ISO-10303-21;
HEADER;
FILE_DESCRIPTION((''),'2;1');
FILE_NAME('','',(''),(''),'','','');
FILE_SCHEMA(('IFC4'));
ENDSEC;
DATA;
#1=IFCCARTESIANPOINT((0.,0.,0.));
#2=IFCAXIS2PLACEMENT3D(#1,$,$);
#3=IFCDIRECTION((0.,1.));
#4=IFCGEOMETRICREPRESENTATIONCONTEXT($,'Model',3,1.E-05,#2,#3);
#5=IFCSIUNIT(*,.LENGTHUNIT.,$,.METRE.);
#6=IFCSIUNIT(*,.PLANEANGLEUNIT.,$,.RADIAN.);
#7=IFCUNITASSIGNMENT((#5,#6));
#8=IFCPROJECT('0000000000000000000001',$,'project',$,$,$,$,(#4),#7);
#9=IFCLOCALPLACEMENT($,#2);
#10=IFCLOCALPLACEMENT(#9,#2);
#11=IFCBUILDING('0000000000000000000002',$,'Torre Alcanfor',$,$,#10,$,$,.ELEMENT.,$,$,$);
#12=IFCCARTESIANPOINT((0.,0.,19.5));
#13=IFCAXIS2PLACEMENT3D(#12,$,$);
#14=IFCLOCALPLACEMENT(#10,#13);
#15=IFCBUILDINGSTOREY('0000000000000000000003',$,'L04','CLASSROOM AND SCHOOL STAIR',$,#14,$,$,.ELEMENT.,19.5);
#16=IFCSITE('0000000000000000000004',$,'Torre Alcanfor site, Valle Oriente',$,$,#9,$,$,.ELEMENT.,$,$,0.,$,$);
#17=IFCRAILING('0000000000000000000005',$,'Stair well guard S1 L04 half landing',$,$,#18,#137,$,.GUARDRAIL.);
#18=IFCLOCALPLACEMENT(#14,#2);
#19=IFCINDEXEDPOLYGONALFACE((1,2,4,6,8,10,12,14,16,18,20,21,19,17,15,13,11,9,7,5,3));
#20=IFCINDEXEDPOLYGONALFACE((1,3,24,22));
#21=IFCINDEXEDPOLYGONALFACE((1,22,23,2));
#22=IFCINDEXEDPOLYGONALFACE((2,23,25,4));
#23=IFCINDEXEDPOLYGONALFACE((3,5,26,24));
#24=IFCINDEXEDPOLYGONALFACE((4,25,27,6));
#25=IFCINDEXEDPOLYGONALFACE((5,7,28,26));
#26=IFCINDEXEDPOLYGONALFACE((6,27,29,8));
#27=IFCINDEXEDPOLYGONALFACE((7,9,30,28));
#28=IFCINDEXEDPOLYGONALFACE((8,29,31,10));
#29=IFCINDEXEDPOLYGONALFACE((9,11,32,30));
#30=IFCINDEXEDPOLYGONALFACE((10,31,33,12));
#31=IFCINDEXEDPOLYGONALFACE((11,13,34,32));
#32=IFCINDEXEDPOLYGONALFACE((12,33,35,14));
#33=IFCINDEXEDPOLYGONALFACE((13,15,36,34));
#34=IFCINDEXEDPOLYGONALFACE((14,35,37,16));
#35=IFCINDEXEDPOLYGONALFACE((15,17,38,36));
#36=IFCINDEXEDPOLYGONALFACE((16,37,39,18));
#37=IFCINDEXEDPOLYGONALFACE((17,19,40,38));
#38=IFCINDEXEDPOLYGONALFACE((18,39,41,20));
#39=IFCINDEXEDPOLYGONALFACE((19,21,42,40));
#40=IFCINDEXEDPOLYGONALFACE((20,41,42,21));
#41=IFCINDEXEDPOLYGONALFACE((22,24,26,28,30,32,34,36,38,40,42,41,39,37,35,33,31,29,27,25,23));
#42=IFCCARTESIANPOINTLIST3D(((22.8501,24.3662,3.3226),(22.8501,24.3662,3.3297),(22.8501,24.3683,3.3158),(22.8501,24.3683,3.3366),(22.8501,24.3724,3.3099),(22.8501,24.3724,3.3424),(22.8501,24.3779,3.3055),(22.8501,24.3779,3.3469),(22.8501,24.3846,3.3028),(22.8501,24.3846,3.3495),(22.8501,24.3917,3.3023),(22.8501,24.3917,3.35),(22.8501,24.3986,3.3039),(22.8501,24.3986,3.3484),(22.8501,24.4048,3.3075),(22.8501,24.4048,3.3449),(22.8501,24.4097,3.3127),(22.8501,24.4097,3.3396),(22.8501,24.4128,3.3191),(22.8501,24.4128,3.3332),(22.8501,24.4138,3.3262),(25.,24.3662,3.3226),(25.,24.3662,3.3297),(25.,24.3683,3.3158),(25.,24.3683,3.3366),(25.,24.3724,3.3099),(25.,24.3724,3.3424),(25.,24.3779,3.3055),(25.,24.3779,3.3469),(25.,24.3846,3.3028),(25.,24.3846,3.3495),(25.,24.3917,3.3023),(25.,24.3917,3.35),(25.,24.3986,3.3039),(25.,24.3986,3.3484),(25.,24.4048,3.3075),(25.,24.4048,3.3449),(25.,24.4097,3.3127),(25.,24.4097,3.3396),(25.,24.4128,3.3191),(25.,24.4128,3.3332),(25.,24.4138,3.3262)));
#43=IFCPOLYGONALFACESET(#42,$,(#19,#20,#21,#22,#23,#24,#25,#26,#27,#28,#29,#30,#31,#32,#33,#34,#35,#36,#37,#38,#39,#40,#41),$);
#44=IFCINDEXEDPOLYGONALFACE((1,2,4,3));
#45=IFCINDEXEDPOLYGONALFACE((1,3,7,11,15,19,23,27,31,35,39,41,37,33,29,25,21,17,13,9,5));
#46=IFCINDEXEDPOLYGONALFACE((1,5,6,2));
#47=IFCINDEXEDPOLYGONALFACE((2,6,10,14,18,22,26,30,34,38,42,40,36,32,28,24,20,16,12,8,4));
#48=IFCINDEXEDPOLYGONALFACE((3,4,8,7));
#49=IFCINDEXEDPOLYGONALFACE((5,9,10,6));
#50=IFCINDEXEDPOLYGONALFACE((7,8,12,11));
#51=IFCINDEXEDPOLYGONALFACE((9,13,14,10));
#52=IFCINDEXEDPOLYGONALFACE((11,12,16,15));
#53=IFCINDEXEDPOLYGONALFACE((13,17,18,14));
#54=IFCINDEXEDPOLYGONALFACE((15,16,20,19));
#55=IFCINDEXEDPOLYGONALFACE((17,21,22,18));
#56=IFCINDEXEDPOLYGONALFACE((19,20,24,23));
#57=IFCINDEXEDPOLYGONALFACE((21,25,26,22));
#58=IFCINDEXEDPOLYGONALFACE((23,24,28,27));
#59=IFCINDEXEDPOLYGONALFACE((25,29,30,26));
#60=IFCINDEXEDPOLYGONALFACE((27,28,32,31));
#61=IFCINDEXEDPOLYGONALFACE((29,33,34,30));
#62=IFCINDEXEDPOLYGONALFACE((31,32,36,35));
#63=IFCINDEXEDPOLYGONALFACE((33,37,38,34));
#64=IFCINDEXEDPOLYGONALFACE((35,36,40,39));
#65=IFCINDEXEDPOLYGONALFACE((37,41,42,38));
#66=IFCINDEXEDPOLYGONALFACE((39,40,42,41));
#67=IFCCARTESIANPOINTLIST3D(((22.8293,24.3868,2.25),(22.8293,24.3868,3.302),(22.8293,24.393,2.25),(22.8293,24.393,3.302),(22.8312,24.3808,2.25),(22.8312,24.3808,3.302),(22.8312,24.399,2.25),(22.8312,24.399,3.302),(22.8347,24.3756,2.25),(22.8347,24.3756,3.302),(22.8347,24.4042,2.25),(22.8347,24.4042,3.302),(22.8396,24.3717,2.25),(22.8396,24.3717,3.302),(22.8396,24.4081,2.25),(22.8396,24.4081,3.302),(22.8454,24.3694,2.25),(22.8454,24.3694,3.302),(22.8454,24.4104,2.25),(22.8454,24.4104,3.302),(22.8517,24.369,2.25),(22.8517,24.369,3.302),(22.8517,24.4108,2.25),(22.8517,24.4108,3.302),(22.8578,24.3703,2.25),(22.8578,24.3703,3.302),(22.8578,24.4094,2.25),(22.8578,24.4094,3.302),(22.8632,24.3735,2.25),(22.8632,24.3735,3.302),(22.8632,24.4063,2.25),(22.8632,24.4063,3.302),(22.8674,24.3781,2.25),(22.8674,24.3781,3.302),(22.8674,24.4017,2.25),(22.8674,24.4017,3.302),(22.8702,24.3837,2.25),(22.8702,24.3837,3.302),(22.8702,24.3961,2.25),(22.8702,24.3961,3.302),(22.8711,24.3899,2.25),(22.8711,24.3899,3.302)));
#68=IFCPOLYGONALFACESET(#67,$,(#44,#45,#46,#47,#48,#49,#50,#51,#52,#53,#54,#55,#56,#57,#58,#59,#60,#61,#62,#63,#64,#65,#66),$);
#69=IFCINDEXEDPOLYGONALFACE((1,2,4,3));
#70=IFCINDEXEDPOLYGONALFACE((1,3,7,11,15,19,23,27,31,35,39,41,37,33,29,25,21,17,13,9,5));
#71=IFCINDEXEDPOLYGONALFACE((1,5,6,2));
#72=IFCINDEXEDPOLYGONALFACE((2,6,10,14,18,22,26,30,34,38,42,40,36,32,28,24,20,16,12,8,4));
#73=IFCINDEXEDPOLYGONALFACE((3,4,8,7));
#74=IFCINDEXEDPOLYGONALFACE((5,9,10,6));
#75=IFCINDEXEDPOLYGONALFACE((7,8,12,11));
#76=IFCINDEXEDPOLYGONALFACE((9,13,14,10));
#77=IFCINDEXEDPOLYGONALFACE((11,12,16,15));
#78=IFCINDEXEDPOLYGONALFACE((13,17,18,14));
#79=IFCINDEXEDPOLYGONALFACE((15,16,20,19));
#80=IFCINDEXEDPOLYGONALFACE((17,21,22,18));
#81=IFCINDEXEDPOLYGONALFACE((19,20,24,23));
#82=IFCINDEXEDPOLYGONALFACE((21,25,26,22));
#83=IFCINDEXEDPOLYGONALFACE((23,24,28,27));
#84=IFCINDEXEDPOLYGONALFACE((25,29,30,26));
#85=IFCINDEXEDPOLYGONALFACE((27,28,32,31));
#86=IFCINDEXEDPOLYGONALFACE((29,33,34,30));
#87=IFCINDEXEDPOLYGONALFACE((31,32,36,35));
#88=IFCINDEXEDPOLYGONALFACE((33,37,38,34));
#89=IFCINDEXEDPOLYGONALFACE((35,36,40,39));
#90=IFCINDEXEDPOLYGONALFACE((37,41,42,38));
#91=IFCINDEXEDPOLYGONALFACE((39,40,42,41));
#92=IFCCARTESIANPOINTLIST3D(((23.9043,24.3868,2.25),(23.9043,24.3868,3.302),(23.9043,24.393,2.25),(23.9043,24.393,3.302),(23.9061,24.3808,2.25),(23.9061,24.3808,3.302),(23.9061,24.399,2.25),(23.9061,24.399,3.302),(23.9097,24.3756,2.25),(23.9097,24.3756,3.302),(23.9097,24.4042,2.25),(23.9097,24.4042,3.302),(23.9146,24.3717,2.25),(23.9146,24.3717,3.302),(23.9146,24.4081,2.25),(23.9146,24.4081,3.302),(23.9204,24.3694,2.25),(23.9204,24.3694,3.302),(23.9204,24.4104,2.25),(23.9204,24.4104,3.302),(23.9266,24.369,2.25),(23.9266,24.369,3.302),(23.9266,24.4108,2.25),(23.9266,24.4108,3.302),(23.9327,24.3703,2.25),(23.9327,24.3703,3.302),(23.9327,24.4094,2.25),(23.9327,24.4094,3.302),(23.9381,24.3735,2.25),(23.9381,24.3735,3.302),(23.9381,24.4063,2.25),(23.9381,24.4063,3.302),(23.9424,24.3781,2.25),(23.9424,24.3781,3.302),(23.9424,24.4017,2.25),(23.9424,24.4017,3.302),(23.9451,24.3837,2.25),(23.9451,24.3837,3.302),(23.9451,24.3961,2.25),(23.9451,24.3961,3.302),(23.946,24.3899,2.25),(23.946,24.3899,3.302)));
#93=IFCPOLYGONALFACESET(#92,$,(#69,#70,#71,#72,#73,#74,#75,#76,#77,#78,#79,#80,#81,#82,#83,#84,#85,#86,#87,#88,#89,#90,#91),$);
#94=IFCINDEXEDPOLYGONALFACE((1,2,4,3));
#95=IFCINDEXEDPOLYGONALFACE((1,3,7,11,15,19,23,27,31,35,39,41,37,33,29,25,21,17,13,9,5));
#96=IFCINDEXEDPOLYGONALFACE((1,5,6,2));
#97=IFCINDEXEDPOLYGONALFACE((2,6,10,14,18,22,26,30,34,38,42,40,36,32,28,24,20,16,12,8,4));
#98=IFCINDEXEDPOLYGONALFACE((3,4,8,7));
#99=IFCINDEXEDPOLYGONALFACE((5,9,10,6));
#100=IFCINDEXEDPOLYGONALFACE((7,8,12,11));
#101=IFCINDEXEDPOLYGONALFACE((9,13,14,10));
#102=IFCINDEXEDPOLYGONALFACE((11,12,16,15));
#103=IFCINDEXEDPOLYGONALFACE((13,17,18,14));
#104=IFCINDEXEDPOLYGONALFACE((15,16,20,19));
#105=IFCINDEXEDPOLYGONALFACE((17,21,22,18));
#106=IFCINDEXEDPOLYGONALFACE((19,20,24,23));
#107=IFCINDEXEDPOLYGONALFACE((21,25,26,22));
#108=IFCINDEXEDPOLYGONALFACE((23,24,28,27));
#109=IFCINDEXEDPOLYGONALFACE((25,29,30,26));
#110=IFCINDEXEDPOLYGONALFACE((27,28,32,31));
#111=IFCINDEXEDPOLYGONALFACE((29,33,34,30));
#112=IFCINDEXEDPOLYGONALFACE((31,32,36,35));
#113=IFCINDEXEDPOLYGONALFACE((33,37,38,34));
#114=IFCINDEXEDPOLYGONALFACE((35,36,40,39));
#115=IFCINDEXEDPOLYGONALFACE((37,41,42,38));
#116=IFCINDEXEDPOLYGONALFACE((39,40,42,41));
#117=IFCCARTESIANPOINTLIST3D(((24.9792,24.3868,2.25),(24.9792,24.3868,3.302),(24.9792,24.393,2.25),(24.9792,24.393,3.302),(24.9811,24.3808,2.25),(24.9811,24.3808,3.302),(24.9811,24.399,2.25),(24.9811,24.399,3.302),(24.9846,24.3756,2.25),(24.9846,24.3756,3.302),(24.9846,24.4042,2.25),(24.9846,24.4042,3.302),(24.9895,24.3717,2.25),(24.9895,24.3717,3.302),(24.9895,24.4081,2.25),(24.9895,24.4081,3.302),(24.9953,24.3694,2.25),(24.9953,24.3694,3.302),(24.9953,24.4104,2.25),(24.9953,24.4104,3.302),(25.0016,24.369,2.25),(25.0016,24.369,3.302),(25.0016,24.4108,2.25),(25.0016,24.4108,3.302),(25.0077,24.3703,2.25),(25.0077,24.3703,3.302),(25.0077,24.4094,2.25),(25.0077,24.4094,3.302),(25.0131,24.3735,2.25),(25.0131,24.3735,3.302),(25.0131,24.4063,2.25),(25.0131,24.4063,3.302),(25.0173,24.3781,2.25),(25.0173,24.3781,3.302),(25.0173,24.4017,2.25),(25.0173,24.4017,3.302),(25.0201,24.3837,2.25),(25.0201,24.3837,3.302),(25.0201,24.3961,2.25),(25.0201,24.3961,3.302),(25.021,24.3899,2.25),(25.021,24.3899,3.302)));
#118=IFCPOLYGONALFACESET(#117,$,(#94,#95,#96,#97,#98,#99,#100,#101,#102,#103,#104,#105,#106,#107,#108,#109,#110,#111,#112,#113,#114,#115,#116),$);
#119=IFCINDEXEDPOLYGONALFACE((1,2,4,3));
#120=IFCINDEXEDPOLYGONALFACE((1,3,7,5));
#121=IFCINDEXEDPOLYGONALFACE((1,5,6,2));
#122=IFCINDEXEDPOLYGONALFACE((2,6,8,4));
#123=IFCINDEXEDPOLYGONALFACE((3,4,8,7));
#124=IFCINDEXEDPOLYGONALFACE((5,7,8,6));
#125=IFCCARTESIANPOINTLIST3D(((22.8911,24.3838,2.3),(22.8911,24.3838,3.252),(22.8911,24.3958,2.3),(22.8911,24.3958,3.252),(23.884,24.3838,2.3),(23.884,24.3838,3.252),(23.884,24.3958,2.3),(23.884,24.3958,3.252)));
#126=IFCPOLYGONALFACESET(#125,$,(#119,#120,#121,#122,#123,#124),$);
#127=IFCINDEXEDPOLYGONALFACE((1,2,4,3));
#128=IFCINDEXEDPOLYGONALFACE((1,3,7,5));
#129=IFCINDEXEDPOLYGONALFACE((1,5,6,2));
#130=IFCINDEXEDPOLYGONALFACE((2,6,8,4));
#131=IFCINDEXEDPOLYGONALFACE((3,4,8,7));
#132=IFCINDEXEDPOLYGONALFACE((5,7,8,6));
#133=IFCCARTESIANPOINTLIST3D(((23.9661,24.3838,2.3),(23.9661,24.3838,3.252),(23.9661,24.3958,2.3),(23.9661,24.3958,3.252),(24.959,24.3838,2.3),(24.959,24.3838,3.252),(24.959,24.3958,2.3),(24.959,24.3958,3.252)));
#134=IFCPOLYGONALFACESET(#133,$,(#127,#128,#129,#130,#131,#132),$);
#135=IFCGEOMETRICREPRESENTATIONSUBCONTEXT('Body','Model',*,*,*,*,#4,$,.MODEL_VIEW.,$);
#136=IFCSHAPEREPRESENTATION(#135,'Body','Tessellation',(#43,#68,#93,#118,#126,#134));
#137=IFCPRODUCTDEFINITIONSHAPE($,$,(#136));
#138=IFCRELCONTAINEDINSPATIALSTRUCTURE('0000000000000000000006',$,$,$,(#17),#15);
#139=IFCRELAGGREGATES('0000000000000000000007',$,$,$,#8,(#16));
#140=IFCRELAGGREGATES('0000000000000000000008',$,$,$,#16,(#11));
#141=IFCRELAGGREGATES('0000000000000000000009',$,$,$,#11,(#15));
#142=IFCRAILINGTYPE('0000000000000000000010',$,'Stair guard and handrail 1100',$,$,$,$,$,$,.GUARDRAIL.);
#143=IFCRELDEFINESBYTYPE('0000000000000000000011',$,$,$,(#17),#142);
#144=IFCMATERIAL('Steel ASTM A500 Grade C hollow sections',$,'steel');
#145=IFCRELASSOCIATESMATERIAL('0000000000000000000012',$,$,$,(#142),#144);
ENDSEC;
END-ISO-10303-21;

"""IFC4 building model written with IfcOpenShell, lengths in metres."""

from ifc_helpers import new_model, si_unit, direction, frame, origin, origin_2d, place, context, subcontext, project, spatial, polyline, circle, outline, extrude, material, type_object, element, save


model = new_model("IFC4")

# Units and contexts
model_context = context("Model", 3, precision=1e-05, world=origin(), true_north=direction((0.0, 1.0)))
body_context = subcontext(model_context, "Body", "Model", "MODEL_VIEW")
ifc_project = project(units=[si_unit("LENGTHUNIT", "METRE"), si_unit("PLANEANGLEUNIT", "RADIAN")], contexts=[model_context])

# Site, building, storey
site_placement = place(None, origin())
site = spatial("IfcSite", under=ifc_project, at=site_placement, Name="Torre Alcanfor site, Valle Oriente", CompositionType="ELEMENT", RefElevation=0.0)
building_placement = place(site_placement, origin())
building = spatial("IfcBuilding", under=site, at=building_placement, Name="Torre Alcanfor", CompositionType="ELEMENT")
storey_placement = place(building_placement, frame((0.0, 0.0, 19.5)))
storey = spatial("IfcBuildingStorey", under=building, at=storey_placement, Name="L04", Description="CLASSROOM AND SCHOOL STAIR", CompositionType="ELEMENT", Elevation=19.5)

# Railing
ifc_material_1 = material(Name="Steel ASTM A500 Grade C hollow sections", Category="steel")
railing_type_1 = type_object("IfcRailingType", Name="Stair guard and handrail 1100", PredefinedType="GUARDRAIL", material=ifc_material_1)
for number, where, name in (
    (1, (22.8501, 24.3899, 2.25), "Stair well guard S1 L04 half landing"),
):
    element("IfcRailing", number, at=place(storey_placement, frame(where)), inside=storey, type_object=railing_type_1, Name=name, PredefinedType="GUARDRAIL", context=body_context, shape_type="SweptSolid", body=[
        extrude(circle(Radius=0.0239, at=origin_2d()), frame((0.0, 0.0, 1.0762), z_axis=(1.0, 0.0, 0.0), x_axis=(0.0, 1.0, 0.0)), (0.0, 0.0, 1.0), 2.1499),
        extrude(circle(Radius=0.021, at=origin_2d()), origin(), (0.0, 0.0, 1.0), 1.052),
        extrude(circle(Radius=0.021, at=origin_2d()), frame((1.075, 0.0, 0.0)), (0.0, 0.0, 1.0), 1.052),
        extrude(circle(Radius=0.021, at=origin_2d()), frame((2.1499, 0.0, 0.0)), (0.0, 0.0, 1.0), 1.052),
        extrude(outline(polyline([(0.041, 0.05), (1.0339, 0.05), (1.0339, 1.002), (0.041, 1.002), (0.041, 0.05)])), frame((0.0, 0.0059, 0.0), z_axis=(0.0, -1.0, 0.0), x_axis=(1.0, 0.0, 0.0)), (0.0, 0.0, 1.0), 0.012),
        extrude(outline(polyline([(1.116, 0.05), (2.1089, 0.05), (2.1089, 1.002), (1.116, 1.002), (1.116, 0.05)])), frame((0.0, 0.0059, 0.0), z_axis=(0.0, -1.0, 0.0), x_axis=(1.0, 0.0, 0.0)), (0.0, 0.0, 1.0), 0.012),
    ])

save(model, "model.ifc")
